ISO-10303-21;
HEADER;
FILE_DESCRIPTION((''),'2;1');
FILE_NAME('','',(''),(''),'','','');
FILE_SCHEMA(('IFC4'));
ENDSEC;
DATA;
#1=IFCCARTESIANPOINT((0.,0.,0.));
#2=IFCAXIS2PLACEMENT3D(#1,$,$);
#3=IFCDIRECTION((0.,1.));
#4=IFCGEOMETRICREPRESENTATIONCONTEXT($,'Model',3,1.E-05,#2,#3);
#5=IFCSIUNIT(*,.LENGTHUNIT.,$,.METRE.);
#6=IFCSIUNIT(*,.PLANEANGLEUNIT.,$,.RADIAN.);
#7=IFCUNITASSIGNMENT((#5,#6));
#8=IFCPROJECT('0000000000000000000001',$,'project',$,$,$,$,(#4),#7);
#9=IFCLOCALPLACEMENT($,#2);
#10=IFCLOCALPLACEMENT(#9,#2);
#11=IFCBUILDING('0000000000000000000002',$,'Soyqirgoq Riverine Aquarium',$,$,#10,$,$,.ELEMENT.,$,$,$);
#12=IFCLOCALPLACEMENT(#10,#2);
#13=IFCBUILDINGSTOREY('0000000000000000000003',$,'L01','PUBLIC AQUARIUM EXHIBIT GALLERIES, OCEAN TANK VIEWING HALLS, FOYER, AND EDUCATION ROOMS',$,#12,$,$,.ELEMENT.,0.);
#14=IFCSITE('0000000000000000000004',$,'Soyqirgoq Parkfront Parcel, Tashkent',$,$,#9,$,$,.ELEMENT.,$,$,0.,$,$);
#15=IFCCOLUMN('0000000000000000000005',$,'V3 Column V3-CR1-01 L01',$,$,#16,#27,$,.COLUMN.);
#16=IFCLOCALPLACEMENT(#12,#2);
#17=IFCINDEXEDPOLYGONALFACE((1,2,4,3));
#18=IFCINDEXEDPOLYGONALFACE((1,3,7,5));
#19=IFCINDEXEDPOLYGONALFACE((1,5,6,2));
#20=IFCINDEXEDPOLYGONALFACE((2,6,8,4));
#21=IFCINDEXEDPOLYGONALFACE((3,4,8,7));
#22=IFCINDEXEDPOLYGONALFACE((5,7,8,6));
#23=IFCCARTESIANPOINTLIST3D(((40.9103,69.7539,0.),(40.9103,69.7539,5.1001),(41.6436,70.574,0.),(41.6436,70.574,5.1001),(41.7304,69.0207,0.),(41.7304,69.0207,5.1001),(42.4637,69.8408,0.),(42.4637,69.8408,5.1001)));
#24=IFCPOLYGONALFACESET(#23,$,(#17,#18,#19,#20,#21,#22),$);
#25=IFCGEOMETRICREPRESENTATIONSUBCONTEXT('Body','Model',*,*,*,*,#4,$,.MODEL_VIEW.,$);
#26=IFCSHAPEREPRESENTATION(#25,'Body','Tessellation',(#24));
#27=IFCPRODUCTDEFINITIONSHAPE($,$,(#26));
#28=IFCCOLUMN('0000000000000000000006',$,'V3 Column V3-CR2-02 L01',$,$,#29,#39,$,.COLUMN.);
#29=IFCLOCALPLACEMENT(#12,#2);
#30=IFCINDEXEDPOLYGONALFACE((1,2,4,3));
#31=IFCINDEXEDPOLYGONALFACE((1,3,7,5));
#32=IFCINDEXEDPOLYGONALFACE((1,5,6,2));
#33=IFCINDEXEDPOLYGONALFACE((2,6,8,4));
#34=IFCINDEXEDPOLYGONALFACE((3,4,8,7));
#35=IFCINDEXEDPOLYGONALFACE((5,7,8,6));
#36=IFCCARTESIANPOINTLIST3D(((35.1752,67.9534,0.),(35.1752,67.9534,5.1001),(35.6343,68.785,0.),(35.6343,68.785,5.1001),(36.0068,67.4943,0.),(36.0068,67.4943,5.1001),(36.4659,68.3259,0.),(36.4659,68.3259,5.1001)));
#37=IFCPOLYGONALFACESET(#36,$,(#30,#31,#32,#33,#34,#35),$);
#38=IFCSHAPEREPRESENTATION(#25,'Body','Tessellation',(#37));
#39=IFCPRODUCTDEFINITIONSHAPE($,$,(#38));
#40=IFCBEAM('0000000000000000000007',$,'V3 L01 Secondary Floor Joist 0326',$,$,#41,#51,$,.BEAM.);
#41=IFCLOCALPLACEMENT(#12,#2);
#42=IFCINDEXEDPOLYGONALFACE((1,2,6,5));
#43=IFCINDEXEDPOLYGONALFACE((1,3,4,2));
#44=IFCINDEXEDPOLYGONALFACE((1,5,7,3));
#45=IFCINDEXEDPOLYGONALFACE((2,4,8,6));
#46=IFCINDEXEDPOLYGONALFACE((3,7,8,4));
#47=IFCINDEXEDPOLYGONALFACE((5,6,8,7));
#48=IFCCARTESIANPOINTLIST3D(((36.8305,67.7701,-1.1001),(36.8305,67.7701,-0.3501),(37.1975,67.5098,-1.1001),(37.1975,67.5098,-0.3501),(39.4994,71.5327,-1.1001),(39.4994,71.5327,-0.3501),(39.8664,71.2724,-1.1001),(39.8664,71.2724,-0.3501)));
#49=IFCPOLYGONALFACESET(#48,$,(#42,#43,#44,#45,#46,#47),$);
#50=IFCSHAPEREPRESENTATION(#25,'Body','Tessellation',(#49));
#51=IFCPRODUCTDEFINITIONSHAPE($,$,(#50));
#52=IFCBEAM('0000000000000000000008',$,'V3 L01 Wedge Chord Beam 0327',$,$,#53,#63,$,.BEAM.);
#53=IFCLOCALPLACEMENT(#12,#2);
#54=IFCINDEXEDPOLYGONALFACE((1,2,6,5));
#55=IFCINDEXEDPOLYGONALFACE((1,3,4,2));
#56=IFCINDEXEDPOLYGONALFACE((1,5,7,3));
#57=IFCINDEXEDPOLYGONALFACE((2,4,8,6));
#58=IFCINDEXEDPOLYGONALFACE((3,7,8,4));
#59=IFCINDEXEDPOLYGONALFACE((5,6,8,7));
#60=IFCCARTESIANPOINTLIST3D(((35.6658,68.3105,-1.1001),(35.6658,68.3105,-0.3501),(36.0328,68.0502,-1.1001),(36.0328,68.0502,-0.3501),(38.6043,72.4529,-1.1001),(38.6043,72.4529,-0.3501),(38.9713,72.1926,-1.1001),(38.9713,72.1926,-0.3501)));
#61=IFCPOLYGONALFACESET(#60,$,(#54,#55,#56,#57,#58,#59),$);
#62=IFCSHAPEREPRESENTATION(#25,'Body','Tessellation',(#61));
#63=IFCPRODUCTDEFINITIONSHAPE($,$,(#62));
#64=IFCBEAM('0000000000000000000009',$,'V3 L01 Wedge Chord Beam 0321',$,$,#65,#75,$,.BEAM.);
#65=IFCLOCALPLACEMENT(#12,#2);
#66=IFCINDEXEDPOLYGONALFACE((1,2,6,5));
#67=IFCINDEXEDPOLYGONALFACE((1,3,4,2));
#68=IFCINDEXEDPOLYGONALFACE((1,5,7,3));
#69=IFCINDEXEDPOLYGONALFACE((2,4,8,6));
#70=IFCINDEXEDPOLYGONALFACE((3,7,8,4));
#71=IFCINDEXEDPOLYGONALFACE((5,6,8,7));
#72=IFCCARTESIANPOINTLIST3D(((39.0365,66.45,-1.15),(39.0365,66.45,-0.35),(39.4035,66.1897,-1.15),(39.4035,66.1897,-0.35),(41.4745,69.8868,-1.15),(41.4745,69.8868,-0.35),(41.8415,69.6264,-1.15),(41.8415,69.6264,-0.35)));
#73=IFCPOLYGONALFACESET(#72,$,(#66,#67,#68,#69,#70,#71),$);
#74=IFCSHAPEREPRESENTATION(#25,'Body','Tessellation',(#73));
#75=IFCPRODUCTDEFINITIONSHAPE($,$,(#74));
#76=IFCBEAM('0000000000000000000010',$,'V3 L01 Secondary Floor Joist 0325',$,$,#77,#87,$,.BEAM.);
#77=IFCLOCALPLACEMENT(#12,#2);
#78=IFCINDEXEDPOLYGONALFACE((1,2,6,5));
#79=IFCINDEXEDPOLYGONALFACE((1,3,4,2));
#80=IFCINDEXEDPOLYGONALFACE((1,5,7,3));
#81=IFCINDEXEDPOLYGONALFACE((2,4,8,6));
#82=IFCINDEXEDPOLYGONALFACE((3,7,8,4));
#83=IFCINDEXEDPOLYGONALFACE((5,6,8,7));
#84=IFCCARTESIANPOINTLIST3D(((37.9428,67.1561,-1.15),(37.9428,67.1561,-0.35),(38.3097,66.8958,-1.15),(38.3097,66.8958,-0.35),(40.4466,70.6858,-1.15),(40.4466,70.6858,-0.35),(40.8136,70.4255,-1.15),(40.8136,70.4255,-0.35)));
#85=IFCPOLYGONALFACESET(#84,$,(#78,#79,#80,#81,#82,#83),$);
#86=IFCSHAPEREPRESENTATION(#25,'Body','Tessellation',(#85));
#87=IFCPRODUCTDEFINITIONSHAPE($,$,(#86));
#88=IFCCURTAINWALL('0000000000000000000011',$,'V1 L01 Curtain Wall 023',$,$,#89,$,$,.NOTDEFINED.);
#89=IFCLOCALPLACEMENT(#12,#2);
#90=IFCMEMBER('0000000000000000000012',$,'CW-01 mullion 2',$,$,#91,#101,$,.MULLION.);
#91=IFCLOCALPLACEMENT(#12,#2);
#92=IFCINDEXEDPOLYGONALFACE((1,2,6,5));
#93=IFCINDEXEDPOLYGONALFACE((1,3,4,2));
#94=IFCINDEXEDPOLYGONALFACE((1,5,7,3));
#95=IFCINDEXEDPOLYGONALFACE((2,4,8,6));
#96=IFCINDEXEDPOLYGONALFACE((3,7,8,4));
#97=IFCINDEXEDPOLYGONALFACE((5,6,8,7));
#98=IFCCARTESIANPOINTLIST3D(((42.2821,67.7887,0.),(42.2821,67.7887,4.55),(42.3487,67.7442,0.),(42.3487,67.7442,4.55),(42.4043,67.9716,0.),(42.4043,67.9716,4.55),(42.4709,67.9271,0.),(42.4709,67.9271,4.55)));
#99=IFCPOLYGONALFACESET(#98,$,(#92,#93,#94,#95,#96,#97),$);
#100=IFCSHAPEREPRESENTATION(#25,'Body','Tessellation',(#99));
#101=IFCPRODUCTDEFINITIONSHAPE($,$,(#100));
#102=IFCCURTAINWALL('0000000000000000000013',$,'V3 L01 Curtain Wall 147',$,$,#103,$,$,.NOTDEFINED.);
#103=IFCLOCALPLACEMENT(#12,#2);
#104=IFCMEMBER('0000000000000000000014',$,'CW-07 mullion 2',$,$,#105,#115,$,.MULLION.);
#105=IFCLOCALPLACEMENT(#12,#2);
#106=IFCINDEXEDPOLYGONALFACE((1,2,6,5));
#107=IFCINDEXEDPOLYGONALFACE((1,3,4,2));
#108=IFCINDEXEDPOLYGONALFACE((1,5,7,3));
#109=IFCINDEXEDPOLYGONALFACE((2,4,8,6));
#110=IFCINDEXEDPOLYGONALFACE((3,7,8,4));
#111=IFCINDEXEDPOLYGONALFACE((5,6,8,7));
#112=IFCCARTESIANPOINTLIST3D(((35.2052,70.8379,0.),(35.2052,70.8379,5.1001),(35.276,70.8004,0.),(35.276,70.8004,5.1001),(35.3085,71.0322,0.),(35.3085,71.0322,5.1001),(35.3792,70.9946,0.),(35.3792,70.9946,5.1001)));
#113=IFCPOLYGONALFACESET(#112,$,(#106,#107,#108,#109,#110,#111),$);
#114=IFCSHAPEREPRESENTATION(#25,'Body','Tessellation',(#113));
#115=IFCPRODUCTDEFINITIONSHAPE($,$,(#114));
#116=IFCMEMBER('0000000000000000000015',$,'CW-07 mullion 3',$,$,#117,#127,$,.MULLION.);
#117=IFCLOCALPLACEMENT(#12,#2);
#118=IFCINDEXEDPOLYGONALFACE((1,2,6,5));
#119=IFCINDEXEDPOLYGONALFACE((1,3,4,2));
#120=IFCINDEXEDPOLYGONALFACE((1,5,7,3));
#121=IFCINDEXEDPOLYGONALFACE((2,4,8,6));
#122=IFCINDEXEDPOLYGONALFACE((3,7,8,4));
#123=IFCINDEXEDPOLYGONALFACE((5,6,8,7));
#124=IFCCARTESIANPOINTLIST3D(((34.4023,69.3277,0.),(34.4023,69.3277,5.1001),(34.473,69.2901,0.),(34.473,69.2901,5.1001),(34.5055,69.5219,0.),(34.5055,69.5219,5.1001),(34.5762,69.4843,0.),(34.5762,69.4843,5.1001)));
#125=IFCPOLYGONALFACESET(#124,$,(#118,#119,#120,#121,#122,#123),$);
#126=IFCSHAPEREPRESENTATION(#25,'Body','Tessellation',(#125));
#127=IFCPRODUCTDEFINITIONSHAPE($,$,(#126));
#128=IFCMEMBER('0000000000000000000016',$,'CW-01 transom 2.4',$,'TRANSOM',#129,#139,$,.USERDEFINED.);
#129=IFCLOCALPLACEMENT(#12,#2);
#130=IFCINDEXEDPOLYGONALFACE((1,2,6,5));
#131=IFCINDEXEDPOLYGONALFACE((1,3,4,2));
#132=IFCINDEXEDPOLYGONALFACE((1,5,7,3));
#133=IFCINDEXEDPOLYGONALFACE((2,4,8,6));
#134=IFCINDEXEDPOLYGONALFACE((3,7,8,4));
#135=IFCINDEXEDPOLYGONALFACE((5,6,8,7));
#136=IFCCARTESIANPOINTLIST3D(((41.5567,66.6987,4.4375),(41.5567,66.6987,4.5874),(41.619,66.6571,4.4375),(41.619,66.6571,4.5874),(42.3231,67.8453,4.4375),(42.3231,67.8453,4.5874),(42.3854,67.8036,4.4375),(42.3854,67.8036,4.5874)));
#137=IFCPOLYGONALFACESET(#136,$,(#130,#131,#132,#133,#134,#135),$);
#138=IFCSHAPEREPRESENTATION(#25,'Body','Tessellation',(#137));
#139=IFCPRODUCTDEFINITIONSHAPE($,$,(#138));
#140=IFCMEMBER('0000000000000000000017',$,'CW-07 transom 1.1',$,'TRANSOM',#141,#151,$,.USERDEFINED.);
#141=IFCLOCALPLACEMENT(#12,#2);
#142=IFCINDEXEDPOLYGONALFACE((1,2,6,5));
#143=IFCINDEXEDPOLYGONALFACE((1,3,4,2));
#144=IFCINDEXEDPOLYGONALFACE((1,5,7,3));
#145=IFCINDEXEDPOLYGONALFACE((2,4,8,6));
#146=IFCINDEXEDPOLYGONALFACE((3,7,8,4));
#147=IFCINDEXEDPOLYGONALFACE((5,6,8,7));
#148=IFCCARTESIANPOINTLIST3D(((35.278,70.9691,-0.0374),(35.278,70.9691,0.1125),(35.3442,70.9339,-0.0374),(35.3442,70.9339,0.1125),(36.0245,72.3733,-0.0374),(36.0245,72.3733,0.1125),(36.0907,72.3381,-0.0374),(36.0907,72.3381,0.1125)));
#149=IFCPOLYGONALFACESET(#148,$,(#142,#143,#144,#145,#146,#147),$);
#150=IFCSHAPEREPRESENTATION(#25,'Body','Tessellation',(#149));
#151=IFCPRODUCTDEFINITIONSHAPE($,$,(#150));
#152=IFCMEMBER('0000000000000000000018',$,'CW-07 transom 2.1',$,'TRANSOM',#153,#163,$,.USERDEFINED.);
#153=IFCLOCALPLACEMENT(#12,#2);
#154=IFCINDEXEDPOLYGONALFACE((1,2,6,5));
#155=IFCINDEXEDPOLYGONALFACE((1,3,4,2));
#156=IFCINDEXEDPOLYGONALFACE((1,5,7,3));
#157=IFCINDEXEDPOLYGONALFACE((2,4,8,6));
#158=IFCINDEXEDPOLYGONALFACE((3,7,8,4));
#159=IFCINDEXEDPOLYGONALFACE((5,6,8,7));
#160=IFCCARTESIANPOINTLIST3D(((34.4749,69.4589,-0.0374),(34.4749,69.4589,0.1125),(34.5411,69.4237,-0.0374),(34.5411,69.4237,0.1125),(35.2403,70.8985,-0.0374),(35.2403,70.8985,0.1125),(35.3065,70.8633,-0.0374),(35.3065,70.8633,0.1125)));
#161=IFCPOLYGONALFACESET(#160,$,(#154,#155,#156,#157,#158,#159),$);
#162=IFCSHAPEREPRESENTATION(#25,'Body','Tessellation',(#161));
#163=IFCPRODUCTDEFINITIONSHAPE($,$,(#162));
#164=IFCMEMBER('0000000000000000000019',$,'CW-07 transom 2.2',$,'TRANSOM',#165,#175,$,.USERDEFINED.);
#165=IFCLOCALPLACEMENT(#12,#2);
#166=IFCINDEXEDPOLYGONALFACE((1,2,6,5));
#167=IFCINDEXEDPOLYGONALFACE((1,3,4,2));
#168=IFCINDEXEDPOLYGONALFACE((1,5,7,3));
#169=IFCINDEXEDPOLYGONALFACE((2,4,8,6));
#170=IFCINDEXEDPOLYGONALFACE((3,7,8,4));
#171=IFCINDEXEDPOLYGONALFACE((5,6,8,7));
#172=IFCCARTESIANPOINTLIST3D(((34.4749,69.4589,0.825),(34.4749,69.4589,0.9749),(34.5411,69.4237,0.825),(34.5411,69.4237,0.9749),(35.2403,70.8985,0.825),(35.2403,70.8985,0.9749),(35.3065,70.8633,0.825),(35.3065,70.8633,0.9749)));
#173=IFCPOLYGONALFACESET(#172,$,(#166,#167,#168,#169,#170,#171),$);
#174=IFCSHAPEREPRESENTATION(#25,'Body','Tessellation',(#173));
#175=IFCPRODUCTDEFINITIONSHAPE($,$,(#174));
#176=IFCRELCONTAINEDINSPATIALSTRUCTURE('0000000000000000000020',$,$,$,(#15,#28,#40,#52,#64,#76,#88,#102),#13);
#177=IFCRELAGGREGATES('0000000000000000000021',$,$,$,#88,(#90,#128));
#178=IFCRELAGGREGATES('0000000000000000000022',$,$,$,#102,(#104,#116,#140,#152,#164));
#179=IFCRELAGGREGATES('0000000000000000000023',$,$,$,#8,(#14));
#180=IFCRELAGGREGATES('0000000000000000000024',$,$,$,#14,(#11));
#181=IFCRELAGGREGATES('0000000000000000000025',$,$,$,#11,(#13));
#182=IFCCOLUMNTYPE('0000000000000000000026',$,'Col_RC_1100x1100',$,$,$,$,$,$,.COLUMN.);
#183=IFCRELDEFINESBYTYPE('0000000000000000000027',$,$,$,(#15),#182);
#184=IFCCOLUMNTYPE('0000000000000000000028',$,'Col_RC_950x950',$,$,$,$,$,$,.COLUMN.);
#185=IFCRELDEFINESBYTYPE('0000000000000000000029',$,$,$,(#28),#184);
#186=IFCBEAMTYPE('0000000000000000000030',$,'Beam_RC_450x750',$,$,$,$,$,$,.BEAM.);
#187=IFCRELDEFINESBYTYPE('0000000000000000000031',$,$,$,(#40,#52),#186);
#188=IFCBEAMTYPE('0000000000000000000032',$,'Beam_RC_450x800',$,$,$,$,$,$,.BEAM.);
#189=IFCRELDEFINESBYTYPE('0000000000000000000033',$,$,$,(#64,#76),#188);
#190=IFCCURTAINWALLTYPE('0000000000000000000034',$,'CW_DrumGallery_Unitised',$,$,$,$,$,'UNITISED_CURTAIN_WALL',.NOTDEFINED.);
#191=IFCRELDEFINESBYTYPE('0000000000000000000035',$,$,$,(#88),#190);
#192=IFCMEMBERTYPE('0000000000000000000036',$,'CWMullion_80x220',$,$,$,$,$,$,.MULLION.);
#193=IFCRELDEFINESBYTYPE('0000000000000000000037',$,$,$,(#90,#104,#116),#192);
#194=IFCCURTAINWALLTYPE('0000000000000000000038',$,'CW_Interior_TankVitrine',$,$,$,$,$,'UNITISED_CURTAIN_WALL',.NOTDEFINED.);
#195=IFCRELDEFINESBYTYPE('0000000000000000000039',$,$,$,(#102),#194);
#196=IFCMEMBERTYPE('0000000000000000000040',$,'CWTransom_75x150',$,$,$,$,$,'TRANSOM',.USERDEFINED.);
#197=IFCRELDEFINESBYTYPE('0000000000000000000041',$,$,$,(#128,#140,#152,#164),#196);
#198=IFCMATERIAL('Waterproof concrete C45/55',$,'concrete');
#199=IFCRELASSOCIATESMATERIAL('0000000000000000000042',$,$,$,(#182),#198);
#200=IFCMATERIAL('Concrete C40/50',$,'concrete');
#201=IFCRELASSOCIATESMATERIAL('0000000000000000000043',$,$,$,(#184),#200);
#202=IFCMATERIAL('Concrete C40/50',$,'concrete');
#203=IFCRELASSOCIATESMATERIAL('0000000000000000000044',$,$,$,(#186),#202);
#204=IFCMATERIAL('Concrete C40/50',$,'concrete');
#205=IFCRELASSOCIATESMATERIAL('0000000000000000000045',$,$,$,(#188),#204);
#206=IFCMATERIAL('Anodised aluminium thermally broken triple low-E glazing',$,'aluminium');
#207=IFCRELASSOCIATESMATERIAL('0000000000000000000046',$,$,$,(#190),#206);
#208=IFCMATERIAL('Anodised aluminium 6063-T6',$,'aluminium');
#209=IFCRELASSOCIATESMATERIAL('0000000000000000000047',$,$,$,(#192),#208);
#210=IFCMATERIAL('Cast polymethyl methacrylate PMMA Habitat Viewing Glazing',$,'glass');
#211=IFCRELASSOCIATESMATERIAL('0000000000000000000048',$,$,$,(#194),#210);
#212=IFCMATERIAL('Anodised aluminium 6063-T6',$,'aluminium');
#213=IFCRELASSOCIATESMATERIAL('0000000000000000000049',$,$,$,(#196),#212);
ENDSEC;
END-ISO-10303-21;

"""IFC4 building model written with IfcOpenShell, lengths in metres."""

from ifc_helpers import new_model, si_unit, direction, frame, origin, origin_2d, place, context, subcontext, project, spatial, rectangle, extrude, material, material_profile, profile_set, type_object, element, aggregate, save


model = new_model("IFC4")

# Units and contexts
model_context = context("Model", 3, precision=1e-05, world=origin(), true_north=direction((0.0, 1.0)))
body_context = subcontext(model_context, "Body", "Model", "MODEL_VIEW")
ifc_project = project(units=[si_unit("LENGTHUNIT", "METRE"), si_unit("PLANEANGLEUNIT", "RADIAN")], contexts=[model_context])

# Site, building, storey
site_placement = place(None, origin())
site = spatial("IfcSite", under=ifc_project, at=site_placement, Name="Soyqirgoq Parkfront Parcel, Tashkent", CompositionType="ELEMENT", RefElevation=0.0)
building_placement = place(site_placement, origin())
building = spatial("IfcBuilding", under=site, at=building_placement, Name="Soyqirgoq Riverine Aquarium", CompositionType="ELEMENT")
storey_placement = place(building_placement, origin())
storey = spatial("IfcBuildingStorey", under=building, at=storey_placement, Name="L01", Description="PUBLIC AQUARIUM EXHIBIT GALLERIES, OCEAN TANK VIEWING HALLS, FOYER, AND EDUCATION ROOMS", CompositionType="ELEMENT", Elevation=0.0)

# Columns
ifc_material_1 = material(Name="Waterproof concrete C45/55", Category="concrete")
ifc_material_profile_1 = material_profile(ifc_material_1, rectangle(XDim=1.1001, YDim=1.1001, at=origin_2d()), Name="RC 1100x1100")
ifc_profile_set_1 = profile_set([ifc_material_profile_1], Name="Waterproof concrete C45/55")
column_type_1 = type_object("IfcColumnType", Name="Col_RC_1100x1100", PredefinedType="COLUMN", material=ifc_profile_set_1)
column_1_placement = place(storey_placement, frame((41.687, 69.7974, 0.0), z_axis=(0.0, 0.0, 1.0), x_axis=(-0.745476, 0.666532, 0.0)))
element("IfcColumn", 1, at=column_1_placement, inside=storey, type_object=column_type_1, Name="V3 Column V3-CR1-01 L01", PredefinedType="COLUMN", context=body_context, shape_type="SweptSolid", body=[
    extrude(rectangle(XDim=1.1001, YDim=1.1001, at=origin_2d()), origin(), (0.0, 0.0, 1.0), 5.1001),
])
ifc_material_2 = material(Name="Concrete C40/50", Category="concrete")
ifc_material_profile_2 = material_profile(ifc_material_2, rectangle(XDim=0.95, YDim=0.95, at=origin_2d()), Name="RC 950x950")
ifc_profile_set_2 = profile_set([ifc_material_profile_2], Name="Concrete C40/50")
column_type_2 = type_object("IfcColumnType", Name="Col_RC_950x950", PredefinedType="COLUMN", material=ifc_profile_set_2)
column_2_placement = place(storey_placement, frame((35.8206, 68.1396, 0.0), z_axis=(0.0, 0.0, 1.0), x_axis=(-0.875465, 0.483282, 0.0)))
element("IfcColumn", 2, at=column_2_placement, inside=storey, type_object=column_type_2, Name="V3 Column V3-CR2-02 L01", PredefinedType="COLUMN", context=body_context, shape_type="SweptSolid", body=[
    extrude(rectangle(XDim=0.95, YDim=0.95, at=origin_2d()), origin(), (0.0, 0.0, 1.0), 5.1001),
])

# Beams
ifc_material_3 = material(Name="Concrete C40/50", Category="concrete")
ifc_material_profile_3 = material_profile(ifc_material_3, rectangle(XDim=0.45, YDim=0.75, at=origin_2d()), Name="RC 450x750")
ifc_profile_set_3 = profile_set([ifc_material_profile_3], Name="Concrete C40/50")
beam_type_1 = type_object("IfcBeamType", Name="Beam_RC_450x750", PredefinedType="BEAM", material=ifc_profile_set_3)
beam_1_placement = place(storey_placement, frame((39.6829, 71.4026, -0.7251), z_axis=(-0.578552, -0.815646, 0.0), x_axis=(0.815646, -0.578552, 0.0)))
element("IfcBeam", 3, at=beam_1_placement, inside=storey, type_object=beam_type_1, Name="V3 L01 Secondary Floor Joist 0326", PredefinedType="BEAM", context=body_context, shape_type="SweptSolid", body=[
    extrude(rectangle(XDim=0.45, YDim=0.75, at=origin_2d()), origin(), (0.0, 0.0, 1.0), 4.613),
])
beam_2_placement = place(storey_placement, frame((38.7878, 72.3228, -0.7251), z_axis=(-0.578584, -0.815623, 0.0), x_axis=(0.815623, -0.578584, 0.0)))
element("IfcBeam", 4, at=beam_2_placement, inside=storey, type_object=beam_type_1, Name="V3 L01 Wedge Chord Beam 0327", PredefinedType="BEAM", context=body_context, shape_type="SweptSolid", body=[
    extrude(rectangle(XDim=0.45, YDim=0.75, at=origin_2d()), origin(), (0.0, 0.0, 1.0), 5.0789),
])
ifc_material_4 = material(Name="Concrete C40/50", Category="concrete")
ifc_material_profile_4 = material_profile(ifc_material_4, rectangle(XDim=0.45, YDim=0.8, at=origin_2d()), Name="RC 450x800")
ifc_profile_set_4 = profile_set([ifc_material_profile_4], Name="Concrete C40/50")
beam_type_2 = type_object("IfcBeamType", Name="Beam_RC_450x800", PredefinedType="BEAM", material=ifc_profile_set_4)
beam_3_placement = place(storey_placement, frame((41.658, 69.7566, -0.75), z_axis=(-0.578588, -0.81562, 0.0), x_axis=(0.81562, -0.578588, 0.0)))
element("IfcBeam", 5, at=beam_3_placement, inside=storey, type_object=beam_type_2, Name="V3 L01 Wedge Chord Beam 0321", PredefinedType="BEAM", context=body_context, shape_type="SweptSolid", body=[
    extrude(rectangle(XDim=0.45, YDim=0.8, at=origin_2d()), origin(), (0.0, 0.0, 1.0), 4.2136),
])
beam_4_placement = place(storey_placement, frame((40.6301, 70.5557, -0.75), z_axis=(-0.578578, -0.815627, 0.0), x_axis=(0.815627, -0.578578, 0.0)))
element("IfcBeam", 6, at=beam_4_placement, inside=storey, type_object=beam_type_2, Name="V3 L01 Secondary Floor Joist 0325", PredefinedType="BEAM", context=body_context, shape_type="SweptSolid", body=[
    extrude(rectangle(XDim=0.45, YDim=0.8, at=origin_2d()), origin(), (0.0, 0.0, 1.0), 4.3276),
])

# Curtain wall, member
ifc_material_5 = material(Name="Anodised aluminium thermally broken triple low-E glazing", Category="aluminium")
curtain_wall_type_1 = type_object("IfcCurtainWallType", Name="CW_DrumGallery_Unitised", ElementType="UNITISED_CURTAIN_WALL", PredefinedType="NOTDEFINED", material=ifc_material_5)
curtain_wall_1_placement = place(storey_placement, origin())
curtain_wall_1 = element("IfcCurtainWall", 7, at=curtain_wall_1_placement, inside=storey, type_object=curtain_wall_type_1, Name="V1 L01 Curtain Wall 023", PredefinedType="NOTDEFINED")
ifc_material_6 = material(Name="Anodised aluminium 6063-T6", Category="aluminium")
ifc_material_profile_5 = material_profile(ifc_material_6, rectangle(XDim=0.0801, YDim=0.22, at=origin_2d()), Name="ALU-M 80x220")
ifc_profile_set_5 = profile_set([ifc_material_profile_5], Name="Anodised aluminium 6063-T6")
member_type_1 = type_object("IfcMemberType", Name="CWMullion_80x220", PredefinedType="MULLION", material=ifc_profile_set_5)
member_1_placement = place(storey_placement, frame((42.3765, 67.8579, 0.0), z_axis=(0.0, 0.0, 1.0), x_axis=(0.831467, -0.555574, 0.0)))
member_1 = element("IfcMember", 8, at=member_1_placement, type_object=member_type_1, Name="CW-01 mullion 2", PredefinedType="MULLION", context=body_context, shape_type="SweptSolid", body=[
    extrude(rectangle(XDim=0.0801, YDim=0.22, at=origin_2d()), origin(), (0.0, 0.0, 1.0), 4.55),
])

# Curtain wall, members
ifc_material_7 = material(Name="Cast polymethyl methacrylate PMMA Habitat Viewing Glazing", Category="glass")
curtain_wall_type_2 = type_object("IfcCurtainWallType", Name="CW_Interior_TankVitrine", ElementType="UNITISED_CURTAIN_WALL", PredefinedType="NOTDEFINED", material=ifc_material_7)
curtain_wall_2_placement = place(storey_placement, origin())
curtain_wall_2 = element("IfcCurtainWall", 9, at=curtain_wall_2_placement, inside=storey, type_object=curtain_wall_type_2, Name="V3 L01 Curtain Wall 147", PredefinedType="NOTDEFINED")
member_2_placement = place(storey_placement, frame((35.2922, 70.9163, 0.0), z_axis=(0.0, 0.0, 1.0), x_axis=(0.882947, -0.469473, 0.0)))
member_2 = element("IfcMember", 10, at=member_2_placement, type_object=member_type_1, Name="CW-07 mullion 2", PredefinedType="MULLION", context=body_context, shape_type="SweptSolid", body=[
    extrude(rectangle(XDim=0.0801, YDim=0.22, at=origin_2d()), origin(), (0.0, 0.0, 1.0), 5.1001),
])
member_3_placement = place(storey_placement, frame((34.4893, 69.406, 0.0), z_axis=(0.0, 0.0, 1.0), x_axis=(0.882947, -0.469473, 0.0)))
member_3 = element("IfcMember", 11, at=member_3_placement, type_object=member_type_1, Name="CW-07 mullion 3", PredefinedType="MULLION", context=body_context, shape_type="SweptSolid", body=[
    extrude(rectangle(XDim=0.0801, YDim=0.22, at=origin_2d()), origin(), (0.0, 0.0, 1.0), 5.1001),
])

# Members
ifc_material_8 = material(Name="Anodised aluminium 6063-T6", Category="aluminium")
ifc_material_profile_6 = material_profile(ifc_material_8, rectangle(XDim=0.075, YDim=0.1499, at=origin_2d()), Name="ALU-T 75x150")
ifc_profile_set_6 = profile_set([ifc_material_profile_6], Name="Anodised aluminium 6063-T6")
member_type_2 = type_object("IfcMemberType", Name="CWTransom_75x150", ElementType="TRANSOM", PredefinedType="USERDEFINED", material=ifc_profile_set_6)
member_4_placement = place(storey_placement, frame((42.3542, 67.8245, 4.5125), z_axis=(-0.555721, -0.831369, 0.0), x_axis=(0.831369, -0.555721, 0.0)))
member_4 = element("IfcMember", 12, at=member_4_placement, type_object=member_type_2, Name="CW-01 transom 2.4", ObjectType="TRANSOM", PredefinedType="USERDEFINED", context=body_context, shape_type="SweptSolid", body=[
    extrude(rectangle(XDim=0.075, YDim=0.1499, at=origin_2d()), origin(), (0.0, 0.0, 1.0), 1.3792),
])
aggregate(curtain_wall_1, [member_1, member_4])
member_5_placement = place(storey_placement, frame((36.0576, 72.3557, 0.0376), z_axis=(-0.469425, -0.882973, 0.0), x_axis=(0.882973, -0.469425, 0.0)))
member_5 = element("IfcMember", 13, at=member_5_placement, type_object=member_type_2, Name="CW-07 transom 1.1", ObjectType="TRANSOM", PredefinedType="USERDEFINED", context=body_context, shape_type="SweptSolid", body=[
    extrude(rectangle(XDim=0.075, YDim=0.1499, at=origin_2d()), origin(), (0.0, 0.0, 1.0), 1.5903),
])
member_6_placement = place(storey_placement, frame((35.2734, 70.8809, 0.0376), z_axis=(-0.469476, -0.882945, 0.0), x_axis=(0.882945, -0.469476, 0.0)))
member_6 = element("IfcMember", 14, at=member_6_placement, type_object=member_type_2, Name="CW-07 transom 2.1", ObjectType="TRANSOM", PredefinedType="USERDEFINED", context=body_context, shape_type="SweptSolid", body=[
    extrude(rectangle(XDim=0.075, YDim=0.1499, at=origin_2d()), origin(), (0.0, 0.0, 1.0), 1.6304),
])
member_7_placement = place(storey_placement, frame((35.2734, 70.8809, 0.8999), z_axis=(-0.469476, -0.882945, 0.0), x_axis=(0.882945, -0.469476, 0.0)))
member_7 = element("IfcMember", 15, at=member_7_placement, type_object=member_type_2, Name="CW-07 transom 2.2", ObjectType="TRANSOM", PredefinedType="USERDEFINED", context=body_context, shape_type="SweptSolid", body=[
    extrude(rectangle(XDim=0.075, YDim=0.1499, at=origin_2d()), origin(), (0.0, 0.0, 1.0), 1.6304),
])

aggregate(curtain_wall_2, [member_2, member_3, member_5, member_6, member_7])

save(model, "model.ifc")
